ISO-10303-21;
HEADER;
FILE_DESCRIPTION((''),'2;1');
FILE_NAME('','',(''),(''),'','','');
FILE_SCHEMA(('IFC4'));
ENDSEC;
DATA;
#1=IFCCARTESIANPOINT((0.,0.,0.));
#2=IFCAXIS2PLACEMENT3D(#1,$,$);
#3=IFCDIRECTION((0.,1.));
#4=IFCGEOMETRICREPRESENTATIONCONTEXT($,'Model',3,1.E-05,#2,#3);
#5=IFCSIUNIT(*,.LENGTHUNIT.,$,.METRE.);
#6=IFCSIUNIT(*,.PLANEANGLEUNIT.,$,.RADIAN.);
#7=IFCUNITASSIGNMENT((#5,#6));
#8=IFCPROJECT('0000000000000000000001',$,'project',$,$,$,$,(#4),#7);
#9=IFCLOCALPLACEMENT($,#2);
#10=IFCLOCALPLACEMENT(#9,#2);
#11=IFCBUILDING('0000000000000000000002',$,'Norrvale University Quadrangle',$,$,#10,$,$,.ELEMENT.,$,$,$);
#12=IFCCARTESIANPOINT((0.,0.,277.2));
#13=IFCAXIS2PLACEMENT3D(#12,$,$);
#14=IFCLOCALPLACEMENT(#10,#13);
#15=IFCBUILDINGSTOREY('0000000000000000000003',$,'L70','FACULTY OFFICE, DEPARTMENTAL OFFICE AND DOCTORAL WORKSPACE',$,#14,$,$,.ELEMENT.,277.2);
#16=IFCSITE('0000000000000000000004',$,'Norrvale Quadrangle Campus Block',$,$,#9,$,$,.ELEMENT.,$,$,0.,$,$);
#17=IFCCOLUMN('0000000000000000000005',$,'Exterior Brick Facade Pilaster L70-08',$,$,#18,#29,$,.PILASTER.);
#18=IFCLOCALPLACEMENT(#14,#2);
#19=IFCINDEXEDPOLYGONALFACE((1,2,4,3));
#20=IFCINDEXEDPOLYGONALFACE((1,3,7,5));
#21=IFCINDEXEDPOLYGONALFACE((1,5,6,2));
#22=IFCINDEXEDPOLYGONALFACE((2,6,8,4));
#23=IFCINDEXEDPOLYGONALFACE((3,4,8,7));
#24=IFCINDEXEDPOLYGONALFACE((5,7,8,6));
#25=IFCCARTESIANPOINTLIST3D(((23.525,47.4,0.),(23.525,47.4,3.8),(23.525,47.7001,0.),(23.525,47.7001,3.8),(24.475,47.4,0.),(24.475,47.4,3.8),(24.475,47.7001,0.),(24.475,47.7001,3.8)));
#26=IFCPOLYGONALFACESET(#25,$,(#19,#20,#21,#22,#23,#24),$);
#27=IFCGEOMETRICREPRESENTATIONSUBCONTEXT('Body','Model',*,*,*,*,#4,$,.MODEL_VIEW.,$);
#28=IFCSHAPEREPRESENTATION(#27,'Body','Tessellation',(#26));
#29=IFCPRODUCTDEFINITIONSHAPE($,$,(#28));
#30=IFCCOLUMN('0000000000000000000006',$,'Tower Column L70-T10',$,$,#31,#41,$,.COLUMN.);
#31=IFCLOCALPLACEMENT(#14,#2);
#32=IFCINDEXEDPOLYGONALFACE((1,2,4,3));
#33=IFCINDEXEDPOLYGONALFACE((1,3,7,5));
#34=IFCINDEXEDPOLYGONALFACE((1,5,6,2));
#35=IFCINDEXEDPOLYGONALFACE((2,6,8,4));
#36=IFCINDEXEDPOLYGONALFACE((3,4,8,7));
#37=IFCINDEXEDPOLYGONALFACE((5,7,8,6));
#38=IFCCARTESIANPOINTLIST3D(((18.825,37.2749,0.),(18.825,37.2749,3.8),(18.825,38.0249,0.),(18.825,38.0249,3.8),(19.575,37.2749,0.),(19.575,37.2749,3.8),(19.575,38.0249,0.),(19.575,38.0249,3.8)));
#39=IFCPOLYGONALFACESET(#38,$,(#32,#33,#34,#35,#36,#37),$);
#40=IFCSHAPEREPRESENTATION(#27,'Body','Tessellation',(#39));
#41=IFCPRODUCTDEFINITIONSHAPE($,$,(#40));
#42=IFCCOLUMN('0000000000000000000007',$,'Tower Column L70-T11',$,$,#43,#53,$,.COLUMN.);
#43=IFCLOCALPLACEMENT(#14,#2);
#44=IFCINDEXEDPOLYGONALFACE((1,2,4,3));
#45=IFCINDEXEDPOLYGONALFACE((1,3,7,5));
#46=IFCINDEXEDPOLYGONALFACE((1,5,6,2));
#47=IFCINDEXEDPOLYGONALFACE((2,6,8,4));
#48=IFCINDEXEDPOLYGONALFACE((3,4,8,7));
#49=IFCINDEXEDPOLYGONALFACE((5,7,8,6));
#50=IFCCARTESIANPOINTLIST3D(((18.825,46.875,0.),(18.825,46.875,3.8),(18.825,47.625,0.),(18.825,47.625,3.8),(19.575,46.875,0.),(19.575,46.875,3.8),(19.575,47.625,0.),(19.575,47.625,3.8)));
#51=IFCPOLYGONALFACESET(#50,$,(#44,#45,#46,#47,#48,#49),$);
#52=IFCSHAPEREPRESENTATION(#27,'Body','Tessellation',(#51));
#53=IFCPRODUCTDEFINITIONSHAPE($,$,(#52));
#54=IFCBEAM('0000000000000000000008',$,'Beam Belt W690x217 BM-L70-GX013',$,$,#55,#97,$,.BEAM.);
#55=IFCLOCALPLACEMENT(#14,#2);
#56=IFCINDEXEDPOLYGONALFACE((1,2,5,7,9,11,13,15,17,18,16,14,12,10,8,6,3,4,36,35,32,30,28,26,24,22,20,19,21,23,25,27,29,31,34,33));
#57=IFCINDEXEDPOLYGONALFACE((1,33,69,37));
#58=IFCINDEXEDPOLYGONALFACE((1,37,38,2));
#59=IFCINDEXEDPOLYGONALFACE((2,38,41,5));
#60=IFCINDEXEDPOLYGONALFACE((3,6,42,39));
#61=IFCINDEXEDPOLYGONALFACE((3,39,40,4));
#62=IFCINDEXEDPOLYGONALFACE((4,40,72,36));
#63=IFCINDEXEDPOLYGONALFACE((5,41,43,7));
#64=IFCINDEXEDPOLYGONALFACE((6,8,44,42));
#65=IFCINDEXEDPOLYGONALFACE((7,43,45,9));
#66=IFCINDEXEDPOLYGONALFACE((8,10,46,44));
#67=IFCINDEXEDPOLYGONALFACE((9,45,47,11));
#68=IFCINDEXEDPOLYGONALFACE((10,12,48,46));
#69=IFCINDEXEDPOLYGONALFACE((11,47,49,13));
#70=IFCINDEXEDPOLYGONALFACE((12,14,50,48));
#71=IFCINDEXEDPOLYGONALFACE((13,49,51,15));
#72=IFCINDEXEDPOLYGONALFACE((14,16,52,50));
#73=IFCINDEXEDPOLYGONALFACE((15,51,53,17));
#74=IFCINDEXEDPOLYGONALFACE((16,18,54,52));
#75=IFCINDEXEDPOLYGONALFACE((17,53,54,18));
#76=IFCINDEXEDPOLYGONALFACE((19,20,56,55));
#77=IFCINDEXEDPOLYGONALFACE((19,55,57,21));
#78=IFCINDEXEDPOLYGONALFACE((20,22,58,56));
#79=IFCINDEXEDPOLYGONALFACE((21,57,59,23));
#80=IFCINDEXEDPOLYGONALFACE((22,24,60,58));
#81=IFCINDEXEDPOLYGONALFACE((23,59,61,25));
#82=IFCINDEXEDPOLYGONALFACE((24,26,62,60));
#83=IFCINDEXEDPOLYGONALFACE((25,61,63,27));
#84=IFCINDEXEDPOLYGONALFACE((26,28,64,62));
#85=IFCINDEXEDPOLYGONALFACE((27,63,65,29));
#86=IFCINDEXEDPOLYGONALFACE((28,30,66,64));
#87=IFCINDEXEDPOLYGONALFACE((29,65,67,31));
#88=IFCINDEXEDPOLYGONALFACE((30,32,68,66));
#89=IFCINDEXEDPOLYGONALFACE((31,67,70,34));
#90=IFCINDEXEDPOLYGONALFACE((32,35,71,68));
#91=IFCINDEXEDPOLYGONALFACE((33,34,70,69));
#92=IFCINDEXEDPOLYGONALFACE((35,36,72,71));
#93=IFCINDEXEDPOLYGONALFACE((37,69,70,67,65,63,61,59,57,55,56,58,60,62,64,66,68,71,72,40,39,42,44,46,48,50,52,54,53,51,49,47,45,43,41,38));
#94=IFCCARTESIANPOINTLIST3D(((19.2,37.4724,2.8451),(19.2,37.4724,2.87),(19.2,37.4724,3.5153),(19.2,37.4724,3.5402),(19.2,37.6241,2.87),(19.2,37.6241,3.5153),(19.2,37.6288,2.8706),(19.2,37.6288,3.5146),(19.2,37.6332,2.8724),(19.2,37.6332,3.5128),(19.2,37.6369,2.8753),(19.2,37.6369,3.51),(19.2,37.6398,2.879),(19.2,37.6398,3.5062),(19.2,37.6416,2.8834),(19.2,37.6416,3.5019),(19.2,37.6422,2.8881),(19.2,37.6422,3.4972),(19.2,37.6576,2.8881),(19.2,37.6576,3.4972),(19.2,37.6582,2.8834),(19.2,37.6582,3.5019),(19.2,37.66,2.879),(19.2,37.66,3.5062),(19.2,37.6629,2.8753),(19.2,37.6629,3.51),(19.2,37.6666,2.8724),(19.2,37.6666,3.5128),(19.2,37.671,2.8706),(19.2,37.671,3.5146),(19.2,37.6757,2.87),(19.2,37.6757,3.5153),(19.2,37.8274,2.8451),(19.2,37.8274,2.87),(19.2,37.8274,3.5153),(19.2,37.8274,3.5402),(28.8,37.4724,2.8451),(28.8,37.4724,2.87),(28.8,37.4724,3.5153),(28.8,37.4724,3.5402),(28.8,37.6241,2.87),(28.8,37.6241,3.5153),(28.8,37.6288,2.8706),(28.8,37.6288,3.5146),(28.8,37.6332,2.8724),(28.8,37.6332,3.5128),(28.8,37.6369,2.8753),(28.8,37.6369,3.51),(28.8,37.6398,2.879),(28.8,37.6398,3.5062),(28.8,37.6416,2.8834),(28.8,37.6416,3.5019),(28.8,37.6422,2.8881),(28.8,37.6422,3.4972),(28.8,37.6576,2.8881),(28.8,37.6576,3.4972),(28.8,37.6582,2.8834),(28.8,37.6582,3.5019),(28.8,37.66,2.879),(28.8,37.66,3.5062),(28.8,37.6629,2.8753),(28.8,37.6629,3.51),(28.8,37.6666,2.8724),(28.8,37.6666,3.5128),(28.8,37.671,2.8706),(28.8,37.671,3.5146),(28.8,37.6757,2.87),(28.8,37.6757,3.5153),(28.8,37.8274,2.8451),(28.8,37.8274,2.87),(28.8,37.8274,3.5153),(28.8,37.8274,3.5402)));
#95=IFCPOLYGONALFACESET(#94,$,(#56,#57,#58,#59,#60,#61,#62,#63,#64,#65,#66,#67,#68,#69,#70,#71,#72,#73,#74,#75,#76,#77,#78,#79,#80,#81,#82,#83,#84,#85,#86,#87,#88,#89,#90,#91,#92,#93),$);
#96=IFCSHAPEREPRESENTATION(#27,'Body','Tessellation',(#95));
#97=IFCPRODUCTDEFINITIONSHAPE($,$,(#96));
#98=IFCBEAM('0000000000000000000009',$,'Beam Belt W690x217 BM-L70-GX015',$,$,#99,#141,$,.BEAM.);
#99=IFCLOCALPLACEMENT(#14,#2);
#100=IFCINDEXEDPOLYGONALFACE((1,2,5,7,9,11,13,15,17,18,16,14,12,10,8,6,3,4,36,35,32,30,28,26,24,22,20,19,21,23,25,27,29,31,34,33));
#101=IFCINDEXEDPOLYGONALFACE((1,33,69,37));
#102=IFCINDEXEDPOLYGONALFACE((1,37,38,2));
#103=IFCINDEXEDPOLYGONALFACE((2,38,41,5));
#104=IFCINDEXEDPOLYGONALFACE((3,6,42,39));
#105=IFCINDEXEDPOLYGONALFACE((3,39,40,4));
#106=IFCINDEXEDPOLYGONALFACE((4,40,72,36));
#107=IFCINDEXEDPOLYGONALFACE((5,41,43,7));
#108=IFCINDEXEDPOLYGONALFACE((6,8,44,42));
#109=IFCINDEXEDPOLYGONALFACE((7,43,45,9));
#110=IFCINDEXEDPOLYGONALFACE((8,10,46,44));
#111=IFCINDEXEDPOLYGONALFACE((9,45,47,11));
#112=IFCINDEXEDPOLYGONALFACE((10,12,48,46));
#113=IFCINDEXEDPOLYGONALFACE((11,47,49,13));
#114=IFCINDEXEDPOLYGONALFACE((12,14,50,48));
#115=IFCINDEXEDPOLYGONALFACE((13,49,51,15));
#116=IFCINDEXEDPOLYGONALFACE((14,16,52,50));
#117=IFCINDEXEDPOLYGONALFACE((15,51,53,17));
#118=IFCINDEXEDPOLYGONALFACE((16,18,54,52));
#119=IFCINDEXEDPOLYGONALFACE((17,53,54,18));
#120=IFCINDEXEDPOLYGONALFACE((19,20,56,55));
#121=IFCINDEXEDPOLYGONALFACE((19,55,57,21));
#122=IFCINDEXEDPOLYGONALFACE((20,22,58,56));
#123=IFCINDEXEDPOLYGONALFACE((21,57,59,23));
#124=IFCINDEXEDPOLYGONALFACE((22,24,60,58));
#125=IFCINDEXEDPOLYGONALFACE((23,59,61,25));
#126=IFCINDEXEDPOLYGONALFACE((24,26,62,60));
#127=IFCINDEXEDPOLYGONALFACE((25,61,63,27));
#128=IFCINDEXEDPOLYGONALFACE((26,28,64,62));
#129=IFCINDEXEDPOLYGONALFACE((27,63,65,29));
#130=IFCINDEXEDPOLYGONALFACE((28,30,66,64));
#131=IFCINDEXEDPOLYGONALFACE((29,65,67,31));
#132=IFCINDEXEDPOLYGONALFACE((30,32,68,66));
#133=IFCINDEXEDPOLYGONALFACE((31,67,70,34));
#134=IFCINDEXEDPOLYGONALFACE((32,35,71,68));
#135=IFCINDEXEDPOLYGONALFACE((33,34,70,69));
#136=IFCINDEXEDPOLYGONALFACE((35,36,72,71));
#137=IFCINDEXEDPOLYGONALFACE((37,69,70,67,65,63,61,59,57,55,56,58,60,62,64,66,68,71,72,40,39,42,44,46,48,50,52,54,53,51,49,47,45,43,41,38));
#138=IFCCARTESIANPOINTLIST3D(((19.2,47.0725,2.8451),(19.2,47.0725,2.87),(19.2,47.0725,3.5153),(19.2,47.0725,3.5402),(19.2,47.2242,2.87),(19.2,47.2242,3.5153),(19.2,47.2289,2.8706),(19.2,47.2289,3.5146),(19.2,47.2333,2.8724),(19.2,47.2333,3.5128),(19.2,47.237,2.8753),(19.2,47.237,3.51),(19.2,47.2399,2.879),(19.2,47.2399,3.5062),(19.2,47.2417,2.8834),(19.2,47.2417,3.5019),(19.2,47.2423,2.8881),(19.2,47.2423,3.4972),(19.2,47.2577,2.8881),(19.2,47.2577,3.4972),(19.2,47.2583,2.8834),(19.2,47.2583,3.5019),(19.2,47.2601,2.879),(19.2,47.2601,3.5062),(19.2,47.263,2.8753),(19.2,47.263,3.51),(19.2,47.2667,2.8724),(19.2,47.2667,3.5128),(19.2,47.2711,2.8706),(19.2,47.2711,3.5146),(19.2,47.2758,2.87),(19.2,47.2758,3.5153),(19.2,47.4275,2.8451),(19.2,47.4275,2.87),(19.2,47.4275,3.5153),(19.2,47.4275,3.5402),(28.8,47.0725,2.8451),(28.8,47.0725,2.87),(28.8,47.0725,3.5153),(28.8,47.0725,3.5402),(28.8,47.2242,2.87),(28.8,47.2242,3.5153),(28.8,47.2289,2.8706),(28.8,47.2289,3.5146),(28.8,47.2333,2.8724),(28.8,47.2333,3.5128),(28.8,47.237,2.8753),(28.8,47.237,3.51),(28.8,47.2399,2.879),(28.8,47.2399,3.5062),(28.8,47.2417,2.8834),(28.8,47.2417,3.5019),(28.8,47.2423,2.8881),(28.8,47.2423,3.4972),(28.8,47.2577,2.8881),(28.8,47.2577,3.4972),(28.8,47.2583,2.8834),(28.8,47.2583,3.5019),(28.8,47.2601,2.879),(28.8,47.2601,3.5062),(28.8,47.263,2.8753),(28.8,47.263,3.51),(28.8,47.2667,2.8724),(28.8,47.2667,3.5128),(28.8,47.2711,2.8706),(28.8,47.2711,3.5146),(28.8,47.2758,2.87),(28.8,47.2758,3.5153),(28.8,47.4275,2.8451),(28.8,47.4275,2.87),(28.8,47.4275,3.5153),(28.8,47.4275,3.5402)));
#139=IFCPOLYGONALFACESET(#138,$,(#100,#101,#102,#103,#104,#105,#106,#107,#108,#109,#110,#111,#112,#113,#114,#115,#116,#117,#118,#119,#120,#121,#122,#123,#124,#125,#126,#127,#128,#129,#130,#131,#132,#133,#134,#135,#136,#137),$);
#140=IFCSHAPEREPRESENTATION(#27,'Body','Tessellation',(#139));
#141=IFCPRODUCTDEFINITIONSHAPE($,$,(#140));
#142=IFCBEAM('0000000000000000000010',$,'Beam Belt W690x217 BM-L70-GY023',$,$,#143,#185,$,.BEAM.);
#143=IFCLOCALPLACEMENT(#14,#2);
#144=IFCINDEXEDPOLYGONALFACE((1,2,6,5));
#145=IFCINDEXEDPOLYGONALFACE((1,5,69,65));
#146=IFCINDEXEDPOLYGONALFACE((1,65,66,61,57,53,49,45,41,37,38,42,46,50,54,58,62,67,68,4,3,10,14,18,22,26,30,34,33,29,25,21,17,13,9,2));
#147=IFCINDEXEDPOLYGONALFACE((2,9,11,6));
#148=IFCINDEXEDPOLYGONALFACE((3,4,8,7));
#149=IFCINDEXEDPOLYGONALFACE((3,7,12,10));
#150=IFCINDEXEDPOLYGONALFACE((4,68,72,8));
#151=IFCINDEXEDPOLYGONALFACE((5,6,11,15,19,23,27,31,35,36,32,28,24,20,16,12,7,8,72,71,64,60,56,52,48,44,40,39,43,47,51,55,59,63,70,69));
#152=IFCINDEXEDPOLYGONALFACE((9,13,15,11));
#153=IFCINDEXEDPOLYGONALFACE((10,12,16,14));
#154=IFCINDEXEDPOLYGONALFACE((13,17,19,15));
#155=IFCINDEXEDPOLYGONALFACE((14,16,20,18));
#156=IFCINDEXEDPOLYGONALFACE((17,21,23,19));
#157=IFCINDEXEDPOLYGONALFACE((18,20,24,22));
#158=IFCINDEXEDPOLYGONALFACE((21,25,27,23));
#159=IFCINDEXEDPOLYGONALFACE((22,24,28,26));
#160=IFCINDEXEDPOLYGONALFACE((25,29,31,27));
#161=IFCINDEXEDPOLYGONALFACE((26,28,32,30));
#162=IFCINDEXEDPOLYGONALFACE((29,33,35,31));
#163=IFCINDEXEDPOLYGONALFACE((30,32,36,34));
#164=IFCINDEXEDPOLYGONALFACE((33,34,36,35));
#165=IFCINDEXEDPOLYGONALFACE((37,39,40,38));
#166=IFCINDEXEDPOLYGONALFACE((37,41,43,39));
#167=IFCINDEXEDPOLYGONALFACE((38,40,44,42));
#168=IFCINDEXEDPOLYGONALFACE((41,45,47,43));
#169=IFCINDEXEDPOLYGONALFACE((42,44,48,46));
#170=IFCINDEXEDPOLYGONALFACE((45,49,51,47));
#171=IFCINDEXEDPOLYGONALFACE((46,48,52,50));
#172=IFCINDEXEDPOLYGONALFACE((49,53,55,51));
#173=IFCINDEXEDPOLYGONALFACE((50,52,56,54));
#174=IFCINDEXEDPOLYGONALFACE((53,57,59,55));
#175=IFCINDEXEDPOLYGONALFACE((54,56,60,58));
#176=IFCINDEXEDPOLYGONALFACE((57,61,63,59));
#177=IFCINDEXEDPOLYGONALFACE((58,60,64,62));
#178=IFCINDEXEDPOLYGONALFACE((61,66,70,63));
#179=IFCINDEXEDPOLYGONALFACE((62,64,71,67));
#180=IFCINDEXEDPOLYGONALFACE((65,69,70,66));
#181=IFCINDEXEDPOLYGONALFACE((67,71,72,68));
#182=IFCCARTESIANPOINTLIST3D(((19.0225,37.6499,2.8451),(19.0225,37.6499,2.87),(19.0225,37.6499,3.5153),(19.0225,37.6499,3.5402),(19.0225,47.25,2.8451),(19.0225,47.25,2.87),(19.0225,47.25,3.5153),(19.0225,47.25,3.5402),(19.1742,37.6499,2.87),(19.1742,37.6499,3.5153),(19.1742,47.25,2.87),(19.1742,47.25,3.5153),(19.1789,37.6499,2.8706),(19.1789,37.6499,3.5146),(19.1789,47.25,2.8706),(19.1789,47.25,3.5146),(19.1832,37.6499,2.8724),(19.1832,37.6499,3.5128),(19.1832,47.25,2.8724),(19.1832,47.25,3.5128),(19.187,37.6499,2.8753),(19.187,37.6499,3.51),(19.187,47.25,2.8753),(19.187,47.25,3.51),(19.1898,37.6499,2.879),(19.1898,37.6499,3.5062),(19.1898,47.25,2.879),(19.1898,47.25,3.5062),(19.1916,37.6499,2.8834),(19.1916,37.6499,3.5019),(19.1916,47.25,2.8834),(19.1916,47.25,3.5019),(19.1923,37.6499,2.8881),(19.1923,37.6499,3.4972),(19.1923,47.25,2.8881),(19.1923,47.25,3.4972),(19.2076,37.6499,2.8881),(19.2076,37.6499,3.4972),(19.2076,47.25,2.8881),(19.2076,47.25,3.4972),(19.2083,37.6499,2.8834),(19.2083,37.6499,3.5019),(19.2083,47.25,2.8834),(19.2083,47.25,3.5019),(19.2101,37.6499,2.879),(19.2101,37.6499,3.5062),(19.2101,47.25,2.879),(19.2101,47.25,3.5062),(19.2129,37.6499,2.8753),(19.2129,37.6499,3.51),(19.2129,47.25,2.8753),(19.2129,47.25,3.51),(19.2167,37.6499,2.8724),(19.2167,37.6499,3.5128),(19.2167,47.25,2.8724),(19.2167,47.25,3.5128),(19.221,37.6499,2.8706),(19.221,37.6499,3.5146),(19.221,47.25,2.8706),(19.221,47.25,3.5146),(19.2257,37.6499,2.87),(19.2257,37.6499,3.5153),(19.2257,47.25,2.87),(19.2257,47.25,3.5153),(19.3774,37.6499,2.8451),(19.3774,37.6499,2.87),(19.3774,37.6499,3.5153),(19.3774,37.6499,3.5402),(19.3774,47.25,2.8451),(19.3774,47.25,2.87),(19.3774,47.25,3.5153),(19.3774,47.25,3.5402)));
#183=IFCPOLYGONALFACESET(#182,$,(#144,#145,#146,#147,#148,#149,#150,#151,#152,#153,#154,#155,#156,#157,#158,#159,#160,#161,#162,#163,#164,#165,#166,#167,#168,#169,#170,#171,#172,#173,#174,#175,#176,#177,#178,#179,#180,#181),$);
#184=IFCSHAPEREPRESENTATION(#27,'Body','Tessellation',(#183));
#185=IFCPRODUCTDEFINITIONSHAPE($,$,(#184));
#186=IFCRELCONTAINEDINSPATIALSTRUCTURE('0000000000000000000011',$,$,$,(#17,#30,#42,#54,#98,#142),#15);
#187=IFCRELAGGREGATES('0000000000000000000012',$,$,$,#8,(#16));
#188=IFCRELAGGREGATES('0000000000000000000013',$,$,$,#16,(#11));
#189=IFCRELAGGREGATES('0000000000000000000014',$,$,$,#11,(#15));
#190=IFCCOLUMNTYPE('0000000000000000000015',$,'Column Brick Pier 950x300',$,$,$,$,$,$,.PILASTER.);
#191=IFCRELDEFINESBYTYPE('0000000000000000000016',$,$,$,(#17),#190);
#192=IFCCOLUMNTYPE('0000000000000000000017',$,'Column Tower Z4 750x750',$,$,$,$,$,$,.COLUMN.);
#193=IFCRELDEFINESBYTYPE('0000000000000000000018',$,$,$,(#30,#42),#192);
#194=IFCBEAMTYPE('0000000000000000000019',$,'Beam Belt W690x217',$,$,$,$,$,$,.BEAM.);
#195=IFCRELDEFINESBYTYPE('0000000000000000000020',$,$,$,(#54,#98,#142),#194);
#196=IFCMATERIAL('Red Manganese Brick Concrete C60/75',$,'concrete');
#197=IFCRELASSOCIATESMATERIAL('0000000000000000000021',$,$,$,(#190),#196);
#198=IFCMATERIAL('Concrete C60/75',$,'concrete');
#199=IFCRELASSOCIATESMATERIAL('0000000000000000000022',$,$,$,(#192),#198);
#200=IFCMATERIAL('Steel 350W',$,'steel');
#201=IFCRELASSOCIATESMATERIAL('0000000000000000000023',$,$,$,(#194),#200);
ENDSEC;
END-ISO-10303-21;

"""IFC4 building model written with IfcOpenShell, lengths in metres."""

from ifc_helpers import new_model, si_unit, direction, frame, origin, origin_2d, place, context, subcontext, project, spatial, rectangle, i_section, extrude, material, material_profile, profile_set, type_object, element, save


model = new_model("IFC4")

# Units and contexts
model_context = context("Model", 3, precision=1e-05, world=origin(), true_north=direction((0.0, 1.0)))
body_context = subcontext(model_context, "Body", "Model", "MODEL_VIEW")
ifc_project = project(units=[si_unit("LENGTHUNIT", "METRE"), si_unit("PLANEANGLEUNIT", "RADIAN")], contexts=[model_context])

# Site, building, storey
site_placement = place(None, origin())
site = spatial("IfcSite", under=ifc_project, at=site_placement, Name="Norrvale Quadrangle Campus Block", CompositionType="ELEMENT", RefElevation=0.0)
building_placement = place(site_placement, origin())
building = spatial("IfcBuilding", under=site, at=building_placement, Name="Norrvale University Quadrangle", CompositionType="ELEMENT")
storey_placement = place(building_placement, frame((0.0, 0.0, 277.2)))
storey = spatial("IfcBuildingStorey", under=building, at=storey_placement, Name="L70", Description="FACULTY OFFICE, DEPARTMENTAL OFFICE AND DOCTORAL WORKSPACE", CompositionType="ELEMENT", Elevation=277.2)

# Columns
ifc_material_1 = material(Name="Red Manganese Brick Concrete C60/75", Category="concrete")
ifc_material_profile_1 = material_profile(ifc_material_1, rectangle(XDim=0.95, YDim=0.3, at=origin_2d()), Name="Red Manganese Brick Concrete C60/75")
ifc_profile_set_1 = profile_set([ifc_material_profile_1], Name="Red Manganese Brick Concrete C60/75")
column_type_1 = type_object("IfcColumnType", Name="Column Brick Pier 950x300", PredefinedType="PILASTER", material=ifc_profile_set_1)
column_placement = place(storey_placement, frame((24.0, 47.55, 0.0), z_axis=(0.0, 0.0, 1.0), x_axis=(1.0, 0.0, 0.0)))
element("IfcColumn", 1, at=column_placement, inside=storey, type_object=column_type_1, Name="Exterior Brick Facade Pilaster L70-08", PredefinedType="PILASTER", context=body_context, shape_type="SweptSolid", body=[
    extrude(rectangle(XDim=0.95, YDim=0.3, at=origin_2d()), origin(), (0.0, 0.0, 1.0), 3.8),
])
ifc_material_2 = material(Name="Concrete C60/75", Category="concrete")
ifc_material_profile_2 = material_profile(ifc_material_2, rectangle(XDim=0.75, YDim=0.75, at=origin_2d()), Name="Concrete C60/75")
ifc_profile_set_2 = profile_set([ifc_material_profile_2], Name="Concrete C60/75")
column_type_2 = type_object("IfcColumnType", Name="Column Tower Z4 750x750", PredefinedType="COLUMN", material=ifc_profile_set_2)
for number, where, z_axis, x_axis, name in (
    (2, (19.2, 37.6499, 0.0), (0.0, 0.0, 1.0), (1.0, 0.0, 0.0), "Tower Column L70-T10"),
    (3, (19.2, 47.25, 0.0), (0.0, 0.0, 1.0), (1.0, 0.0, 0.0), "Tower Column L70-T11"),
):
    element("IfcColumn", number, at=place(storey_placement, frame(where, z_axis=z_axis, x_axis=x_axis)), inside=storey, type_object=column_type_2, Name=name, PredefinedType="COLUMN", context=body_context, shape_type="SweptSolid", body=[
        extrude(rectangle(XDim=0.75, YDim=0.75, at=origin_2d()), origin(), (0.0, 0.0, 1.0), 3.8),
    ])

# Beams
ifc_material_3 = material(Name="Steel 350W", Category="steel")
ifc_material_profile_3 = material_profile(ifc_material_3, i_section(OverallWidth=0.355, OverallDepth=0.6951, WebThickness=0.0154, FlangeThickness=0.0249, FilletRadius=0.0181, at=origin_2d()), Name="Steel 350W")
ifc_profile_set_3 = profile_set([ifc_material_profile_3], Name="Steel 350W")
beam_type_1 = type_object("IfcBeamType", Name="Beam Belt W690x217", PredefinedType="BEAM", material=ifc_profile_set_3)
for number, where, z_axis, x_axis, name in (
    (4, (19.2, 37.6499, 3.1926), (1.0, 0.0, 0.0), (0.0, 1.0, 0.0), "Beam Belt W690x217 BM-L70-GX013"),
    (5, (19.2, 47.25, 3.1926), (1.0, 0.0, 0.0), (0.0, 1.0, 0.0), "Beam Belt W690x217 BM-L70-GX015"),
    (6, (19.2, 37.6499, 3.1926), (0.0, 1.0, 0.0), (-1.0, 0.0, 0.0), "Beam Belt W690x217 BM-L70-GY023"),
):
    element("IfcBeam", number, at=place(storey_placement, frame(where, z_axis=z_axis, x_axis=x_axis)), inside=storey, type_object=beam_type_1, Name=name, PredefinedType="BEAM", context=body_context, shape_type="SweptSolid", body=[
        extrude(i_section(OverallWidth=0.355, OverallDepth=0.6951, WebThickness=0.0154, FlangeThickness=0.0249, FilletRadius=0.0181, at=origin_2d()), origin(), (0.0, 0.0, 1.0), 9.6001),
    ])

save(model, "model.ifc")
